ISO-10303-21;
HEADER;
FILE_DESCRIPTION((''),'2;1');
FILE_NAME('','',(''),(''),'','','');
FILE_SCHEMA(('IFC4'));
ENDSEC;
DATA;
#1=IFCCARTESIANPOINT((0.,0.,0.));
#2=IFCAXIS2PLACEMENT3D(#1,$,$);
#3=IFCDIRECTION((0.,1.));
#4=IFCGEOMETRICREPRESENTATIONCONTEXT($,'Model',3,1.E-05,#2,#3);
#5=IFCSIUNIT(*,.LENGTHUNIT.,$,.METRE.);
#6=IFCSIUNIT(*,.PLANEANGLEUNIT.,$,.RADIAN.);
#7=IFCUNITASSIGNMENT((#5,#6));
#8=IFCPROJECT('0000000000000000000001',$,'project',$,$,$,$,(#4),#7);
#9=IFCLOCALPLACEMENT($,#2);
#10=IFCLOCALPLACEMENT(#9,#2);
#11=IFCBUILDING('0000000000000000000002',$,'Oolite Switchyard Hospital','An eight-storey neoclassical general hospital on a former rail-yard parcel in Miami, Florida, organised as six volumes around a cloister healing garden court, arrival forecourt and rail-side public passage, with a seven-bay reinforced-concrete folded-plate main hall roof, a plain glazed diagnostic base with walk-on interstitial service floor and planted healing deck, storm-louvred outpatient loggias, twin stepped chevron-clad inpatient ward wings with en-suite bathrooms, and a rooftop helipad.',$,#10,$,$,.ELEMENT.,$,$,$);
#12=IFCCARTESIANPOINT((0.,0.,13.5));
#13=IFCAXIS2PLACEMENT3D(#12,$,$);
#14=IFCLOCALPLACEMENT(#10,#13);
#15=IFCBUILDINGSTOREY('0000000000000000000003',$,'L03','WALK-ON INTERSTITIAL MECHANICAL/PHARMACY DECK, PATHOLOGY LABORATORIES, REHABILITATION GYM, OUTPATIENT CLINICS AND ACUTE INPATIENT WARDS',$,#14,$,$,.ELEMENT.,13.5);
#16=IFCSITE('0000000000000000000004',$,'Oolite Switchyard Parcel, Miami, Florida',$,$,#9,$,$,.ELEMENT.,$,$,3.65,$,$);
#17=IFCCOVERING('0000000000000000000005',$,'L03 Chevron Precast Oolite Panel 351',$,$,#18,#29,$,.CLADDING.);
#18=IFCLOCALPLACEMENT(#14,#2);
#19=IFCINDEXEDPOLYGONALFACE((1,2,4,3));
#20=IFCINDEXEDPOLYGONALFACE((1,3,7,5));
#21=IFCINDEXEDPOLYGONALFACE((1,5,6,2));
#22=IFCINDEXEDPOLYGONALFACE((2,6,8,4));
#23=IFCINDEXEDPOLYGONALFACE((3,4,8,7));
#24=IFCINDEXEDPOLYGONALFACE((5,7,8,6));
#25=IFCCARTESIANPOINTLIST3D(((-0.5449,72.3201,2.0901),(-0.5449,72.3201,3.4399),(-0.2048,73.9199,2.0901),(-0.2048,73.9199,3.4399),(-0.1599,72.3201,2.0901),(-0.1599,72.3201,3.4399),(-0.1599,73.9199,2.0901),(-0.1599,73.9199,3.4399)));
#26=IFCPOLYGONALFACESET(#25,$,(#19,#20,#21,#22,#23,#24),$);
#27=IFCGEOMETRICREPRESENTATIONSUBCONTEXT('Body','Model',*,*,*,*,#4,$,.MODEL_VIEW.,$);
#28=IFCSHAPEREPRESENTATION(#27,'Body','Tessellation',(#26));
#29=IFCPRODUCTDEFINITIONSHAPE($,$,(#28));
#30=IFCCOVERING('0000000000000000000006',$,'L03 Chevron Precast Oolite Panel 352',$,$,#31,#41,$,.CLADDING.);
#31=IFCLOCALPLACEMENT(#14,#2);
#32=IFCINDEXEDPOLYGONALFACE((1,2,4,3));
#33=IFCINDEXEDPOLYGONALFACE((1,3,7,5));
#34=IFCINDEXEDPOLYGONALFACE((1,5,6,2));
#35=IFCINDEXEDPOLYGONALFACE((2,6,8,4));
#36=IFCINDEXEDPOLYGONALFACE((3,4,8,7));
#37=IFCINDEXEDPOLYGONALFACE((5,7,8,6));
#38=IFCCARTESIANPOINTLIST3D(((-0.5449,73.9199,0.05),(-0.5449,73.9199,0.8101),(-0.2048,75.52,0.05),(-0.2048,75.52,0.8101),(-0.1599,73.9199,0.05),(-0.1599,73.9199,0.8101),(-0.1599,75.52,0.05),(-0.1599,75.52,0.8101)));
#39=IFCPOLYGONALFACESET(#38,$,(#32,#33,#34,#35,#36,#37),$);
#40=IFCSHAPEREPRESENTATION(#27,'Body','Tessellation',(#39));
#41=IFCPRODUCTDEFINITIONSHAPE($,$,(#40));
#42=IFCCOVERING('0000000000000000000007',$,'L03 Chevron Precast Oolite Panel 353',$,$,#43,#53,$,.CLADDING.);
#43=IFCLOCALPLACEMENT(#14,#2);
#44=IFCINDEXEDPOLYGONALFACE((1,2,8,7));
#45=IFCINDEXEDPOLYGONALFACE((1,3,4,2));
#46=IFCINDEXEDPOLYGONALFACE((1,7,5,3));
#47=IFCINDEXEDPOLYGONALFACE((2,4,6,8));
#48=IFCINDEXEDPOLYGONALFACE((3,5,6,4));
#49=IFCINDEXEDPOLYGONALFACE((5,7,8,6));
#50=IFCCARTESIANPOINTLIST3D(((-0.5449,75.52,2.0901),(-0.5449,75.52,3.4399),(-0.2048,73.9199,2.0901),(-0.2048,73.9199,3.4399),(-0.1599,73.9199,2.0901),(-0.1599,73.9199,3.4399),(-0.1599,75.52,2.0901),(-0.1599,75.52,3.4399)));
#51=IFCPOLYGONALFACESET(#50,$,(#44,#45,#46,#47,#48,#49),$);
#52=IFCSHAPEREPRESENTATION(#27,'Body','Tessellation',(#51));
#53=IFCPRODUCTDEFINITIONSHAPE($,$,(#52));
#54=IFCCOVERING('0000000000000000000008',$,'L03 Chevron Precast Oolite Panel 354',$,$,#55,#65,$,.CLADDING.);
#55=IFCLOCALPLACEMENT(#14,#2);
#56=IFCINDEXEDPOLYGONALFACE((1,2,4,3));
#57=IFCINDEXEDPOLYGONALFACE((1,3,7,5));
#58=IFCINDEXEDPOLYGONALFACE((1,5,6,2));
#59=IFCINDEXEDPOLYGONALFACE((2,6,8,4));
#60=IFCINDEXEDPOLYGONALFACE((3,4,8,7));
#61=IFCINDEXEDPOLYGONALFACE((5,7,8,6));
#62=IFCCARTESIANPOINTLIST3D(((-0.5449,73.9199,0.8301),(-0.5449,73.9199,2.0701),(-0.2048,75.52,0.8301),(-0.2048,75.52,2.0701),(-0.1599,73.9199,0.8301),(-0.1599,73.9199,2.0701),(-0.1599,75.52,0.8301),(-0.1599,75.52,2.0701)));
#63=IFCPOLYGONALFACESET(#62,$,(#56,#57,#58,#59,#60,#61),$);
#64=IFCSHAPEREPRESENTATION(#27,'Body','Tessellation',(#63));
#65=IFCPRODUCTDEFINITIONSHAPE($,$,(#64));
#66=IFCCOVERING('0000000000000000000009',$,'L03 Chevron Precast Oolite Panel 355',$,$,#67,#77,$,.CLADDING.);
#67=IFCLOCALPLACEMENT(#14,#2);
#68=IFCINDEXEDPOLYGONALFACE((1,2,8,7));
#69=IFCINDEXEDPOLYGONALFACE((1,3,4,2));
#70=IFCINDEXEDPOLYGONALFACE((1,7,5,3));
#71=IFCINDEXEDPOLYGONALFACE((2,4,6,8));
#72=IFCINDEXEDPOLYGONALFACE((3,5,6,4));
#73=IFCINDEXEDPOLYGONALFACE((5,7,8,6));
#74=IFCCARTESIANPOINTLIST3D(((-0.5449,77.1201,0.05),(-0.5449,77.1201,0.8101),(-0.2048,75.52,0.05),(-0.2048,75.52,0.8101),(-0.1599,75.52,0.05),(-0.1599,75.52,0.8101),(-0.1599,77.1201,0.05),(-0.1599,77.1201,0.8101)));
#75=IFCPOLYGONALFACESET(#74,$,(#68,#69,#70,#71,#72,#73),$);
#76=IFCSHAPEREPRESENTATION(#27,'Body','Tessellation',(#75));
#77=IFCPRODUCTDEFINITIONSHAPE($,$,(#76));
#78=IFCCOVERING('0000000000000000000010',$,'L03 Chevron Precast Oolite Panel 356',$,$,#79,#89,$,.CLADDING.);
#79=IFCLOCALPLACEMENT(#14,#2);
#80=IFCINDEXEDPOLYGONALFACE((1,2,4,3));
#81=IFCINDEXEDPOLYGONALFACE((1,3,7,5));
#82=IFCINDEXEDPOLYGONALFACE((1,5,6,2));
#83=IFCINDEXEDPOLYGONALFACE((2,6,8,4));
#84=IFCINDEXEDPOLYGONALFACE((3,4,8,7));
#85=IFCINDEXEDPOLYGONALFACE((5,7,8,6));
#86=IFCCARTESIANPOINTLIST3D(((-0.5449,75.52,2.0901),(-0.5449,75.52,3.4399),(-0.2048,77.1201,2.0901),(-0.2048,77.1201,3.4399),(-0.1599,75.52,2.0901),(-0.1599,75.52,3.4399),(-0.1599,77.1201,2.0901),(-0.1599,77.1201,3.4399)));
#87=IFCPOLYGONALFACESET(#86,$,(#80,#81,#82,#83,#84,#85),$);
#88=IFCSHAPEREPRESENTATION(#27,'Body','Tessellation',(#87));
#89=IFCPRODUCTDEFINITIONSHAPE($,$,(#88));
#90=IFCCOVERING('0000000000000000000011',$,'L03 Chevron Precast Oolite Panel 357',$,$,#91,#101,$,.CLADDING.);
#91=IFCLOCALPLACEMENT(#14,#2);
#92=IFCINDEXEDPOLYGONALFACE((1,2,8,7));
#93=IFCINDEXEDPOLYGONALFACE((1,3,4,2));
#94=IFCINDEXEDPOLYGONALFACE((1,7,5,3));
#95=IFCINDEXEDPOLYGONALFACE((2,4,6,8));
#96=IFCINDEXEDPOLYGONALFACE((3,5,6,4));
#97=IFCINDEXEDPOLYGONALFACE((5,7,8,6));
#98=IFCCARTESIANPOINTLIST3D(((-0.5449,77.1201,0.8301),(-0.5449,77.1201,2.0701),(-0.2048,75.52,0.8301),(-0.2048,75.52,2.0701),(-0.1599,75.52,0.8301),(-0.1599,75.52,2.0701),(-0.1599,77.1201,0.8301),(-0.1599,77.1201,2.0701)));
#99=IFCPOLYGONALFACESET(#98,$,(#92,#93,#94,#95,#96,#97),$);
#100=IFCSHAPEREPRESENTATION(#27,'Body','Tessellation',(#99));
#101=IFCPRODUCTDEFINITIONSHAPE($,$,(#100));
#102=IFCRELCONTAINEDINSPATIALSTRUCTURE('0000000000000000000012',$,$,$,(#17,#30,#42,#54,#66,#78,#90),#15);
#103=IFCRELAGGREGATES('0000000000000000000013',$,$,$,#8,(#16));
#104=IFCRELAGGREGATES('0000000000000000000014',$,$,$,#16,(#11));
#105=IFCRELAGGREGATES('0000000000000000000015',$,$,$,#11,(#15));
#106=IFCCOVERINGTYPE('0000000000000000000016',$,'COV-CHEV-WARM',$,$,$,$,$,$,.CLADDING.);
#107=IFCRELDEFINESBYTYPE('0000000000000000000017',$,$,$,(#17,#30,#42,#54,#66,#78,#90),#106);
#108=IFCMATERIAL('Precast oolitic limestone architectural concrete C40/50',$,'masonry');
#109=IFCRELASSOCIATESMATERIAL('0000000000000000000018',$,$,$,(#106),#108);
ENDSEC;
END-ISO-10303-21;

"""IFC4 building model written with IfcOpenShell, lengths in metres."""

from ifc_helpers import new_model, si_unit, direction, frame, origin, place, context, subcontext, project, spatial, polyline, outline, extrude, material, type_object, element, save


model = new_model("IFC4")

# Units and contexts
model_context = context("Model", 3, precision=1e-05, world=origin(), true_north=direction((0.0, 1.0)))
body_context = subcontext(model_context, "Body", "Model", "MODEL_VIEW")
ifc_project = project(units=[si_unit("LENGTHUNIT", "METRE"), si_unit("PLANEANGLEUNIT", "RADIAN")], contexts=[model_context])

# Site, building, storey
site_placement = place(None, origin())
site = spatial("IfcSite", under=ifc_project, at=site_placement, Name="Oolite Switchyard Parcel, Miami, Florida", CompositionType="ELEMENT", RefElevation=3.65)
building_placement = place(site_placement, origin())
building = spatial("IfcBuilding", under=site, at=building_placement, Name="Oolite Switchyard Hospital", Description="An eight-storey neoclassical general hospital on a former rail-yard parcel in Miami, Florida, organised as six volumes around a cloister healing garden court, arrival forecourt and rail-side public passage, with a seven-bay reinforced-concrete folded-plate main hall roof, a plain glazed diagnostic base with walk-on interstitial service floor and planted healing deck, storm-louvred outpatient loggias, twin stepped chevron-clad inpatient ward wings with en-suite bathrooms, and a rooftop helipad.", CompositionType="ELEMENT")
storey_placement = place(building_placement, frame((0.0, 0.0, 13.5)))
storey = spatial("IfcBuildingStorey", under=building, at=storey_placement, Name="L03", Description="WALK-ON INTERSTITIAL MECHANICAL/PHARMACY DECK, PATHOLOGY LABORATORIES, REHABILITATION GYM, OUTPATIENT CLINICS AND ACUTE INPATIENT WARDS", CompositionType="ELEMENT", Elevation=13.5)

# Coverings
ifc_material_1 = material(Name="Precast oolitic limestone architectural concrete C40/50", Category="masonry")
covering_type = type_object("IfcCoveringType", Name="COV-CHEV-WARM", PredefinedType="CLADDING", material=ifc_material_1)
covering_1_placement = place(storey_placement, frame((-0.1599, 72.3201, 2.0901), z_axis=(0.0, 0.0, 1.0), x_axis=(0.0, 1.0, 0.0)))
element("IfcCovering", 1, at=covering_1_placement, inside=storey, type_object=covering_type, Name="L03 Chevron Precast Oolite Panel 351", PredefinedType="CLADDING", context=body_context, shape_type="SweptSolid", body=[
    extrude(outline(polyline([(0.0, 0.0), (1.5999, 0.0), (1.5999, 0.0449), (0.0, 0.385), (0.0, 0.0)])), origin(), (0.0, 0.0, 1.0), 1.3499),
])
covering_2_placement = place(storey_placement, frame((-0.1599, 73.9199, 0.05), z_axis=(0.0, 0.0, 1.0), x_axis=(0.0, 1.0, 0.0)))
element("IfcCovering", 2, at=covering_2_placement, inside=storey, type_object=covering_type, Name="L03 Chevron Precast Oolite Panel 352", PredefinedType="CLADDING", context=body_context, shape_type="SweptSolid", body=[
    extrude(outline(polyline([(0.0, 0.0), (1.6001, 0.0), (1.6001, 0.0449), (0.0, 0.385), (0.0, 0.0)])), origin(), (0.0, 0.0, 1.0), 0.76),
])
covering_3_placement = place(storey_placement, frame((-0.1599, 73.9199, 2.0901), z_axis=(0.0, 0.0, 1.0), x_axis=(0.0, 1.0, 0.0)))
element("IfcCovering", 3, at=covering_3_placement, inside=storey, type_object=covering_type, Name="L03 Chevron Precast Oolite Panel 353", PredefinedType="CLADDING", context=body_context, shape_type="SweptSolid", body=[
    extrude(outline(polyline([(0.0, 0.0), (1.6001, 0.0), (1.6001, 0.385), (0.0, 0.0449), (0.0, 0.0)])), origin(), (0.0, 0.0, 1.0), 1.3499),
])
covering_4_placement = place(storey_placement, frame((-0.1599, 73.9199, 0.8301), z_axis=(0.0, 0.0, 1.0), x_axis=(0.0, 1.0, 0.0)))
element("IfcCovering", 4, at=covering_4_placement, inside=storey, type_object=covering_type, Name="L03 Chevron Precast Oolite Panel 354", PredefinedType="CLADDING", context=body_context, shape_type="SweptSolid", body=[
    extrude(outline(polyline([(0.0, 0.0), (1.6001, 0.0), (1.6001, 0.0449), (0.0, 0.385), (0.0, 0.0)])), origin(), (0.0, 0.0, 1.0), 1.24),
])
covering_5_placement = place(storey_placement, frame((-0.1599, 75.52, 0.05), z_axis=(0.0, 0.0, 1.0), x_axis=(0.0, 1.0, 0.0)))
element("IfcCovering", 5, at=covering_5_placement, inside=storey, type_object=covering_type, Name="L03 Chevron Precast Oolite Panel 355", PredefinedType="CLADDING", context=body_context, shape_type="SweptSolid", body=[
    extrude(outline(polyline([(0.0, 0.0), (1.6001, 0.0), (1.6001, 0.385), (0.0, 0.0449), (0.0, 0.0)])), origin(), (0.0, 0.0, 1.0), 0.76),
])
covering_6_placement = place(storey_placement, frame((-0.1599, 75.52, 2.0901), z_axis=(0.0, 0.0, 1.0), x_axis=(0.0, 1.0, 0.0)))
element("IfcCovering", 6, at=covering_6_placement, inside=storey, type_object=covering_type, Name="L03 Chevron Precast Oolite Panel 356", PredefinedType="CLADDING", context=body_context, shape_type="SweptSolid", body=[
    extrude(outline(polyline([(0.0, 0.0), (1.6001, 0.0), (1.6001, 0.0449), (0.0, 0.385), (0.0, 0.0)])), origin(), (0.0, 0.0, 1.0), 1.3499),
])
covering_7_placement = place(storey_placement, frame((-0.1599, 75.52, 0.8301), z_axis=(0.0, 0.0, 1.0), x_axis=(0.0, 1.0, 0.0)))
element("IfcCovering", 7, at=covering_7_placement, inside=storey, type_object=covering_type, Name="L03 Chevron Precast Oolite Panel 357", PredefinedType="CLADDING", context=body_context, shape_type="SweptSolid", body=[
    extrude(outline(polyline([(0.0, 0.0), (1.6001, 0.0), (1.6001, 0.385), (0.0, 0.0449), (0.0, 0.0)])), origin(), (0.0, 0.0, 1.0), 1.24),
])

save(model, "model.ifc")
